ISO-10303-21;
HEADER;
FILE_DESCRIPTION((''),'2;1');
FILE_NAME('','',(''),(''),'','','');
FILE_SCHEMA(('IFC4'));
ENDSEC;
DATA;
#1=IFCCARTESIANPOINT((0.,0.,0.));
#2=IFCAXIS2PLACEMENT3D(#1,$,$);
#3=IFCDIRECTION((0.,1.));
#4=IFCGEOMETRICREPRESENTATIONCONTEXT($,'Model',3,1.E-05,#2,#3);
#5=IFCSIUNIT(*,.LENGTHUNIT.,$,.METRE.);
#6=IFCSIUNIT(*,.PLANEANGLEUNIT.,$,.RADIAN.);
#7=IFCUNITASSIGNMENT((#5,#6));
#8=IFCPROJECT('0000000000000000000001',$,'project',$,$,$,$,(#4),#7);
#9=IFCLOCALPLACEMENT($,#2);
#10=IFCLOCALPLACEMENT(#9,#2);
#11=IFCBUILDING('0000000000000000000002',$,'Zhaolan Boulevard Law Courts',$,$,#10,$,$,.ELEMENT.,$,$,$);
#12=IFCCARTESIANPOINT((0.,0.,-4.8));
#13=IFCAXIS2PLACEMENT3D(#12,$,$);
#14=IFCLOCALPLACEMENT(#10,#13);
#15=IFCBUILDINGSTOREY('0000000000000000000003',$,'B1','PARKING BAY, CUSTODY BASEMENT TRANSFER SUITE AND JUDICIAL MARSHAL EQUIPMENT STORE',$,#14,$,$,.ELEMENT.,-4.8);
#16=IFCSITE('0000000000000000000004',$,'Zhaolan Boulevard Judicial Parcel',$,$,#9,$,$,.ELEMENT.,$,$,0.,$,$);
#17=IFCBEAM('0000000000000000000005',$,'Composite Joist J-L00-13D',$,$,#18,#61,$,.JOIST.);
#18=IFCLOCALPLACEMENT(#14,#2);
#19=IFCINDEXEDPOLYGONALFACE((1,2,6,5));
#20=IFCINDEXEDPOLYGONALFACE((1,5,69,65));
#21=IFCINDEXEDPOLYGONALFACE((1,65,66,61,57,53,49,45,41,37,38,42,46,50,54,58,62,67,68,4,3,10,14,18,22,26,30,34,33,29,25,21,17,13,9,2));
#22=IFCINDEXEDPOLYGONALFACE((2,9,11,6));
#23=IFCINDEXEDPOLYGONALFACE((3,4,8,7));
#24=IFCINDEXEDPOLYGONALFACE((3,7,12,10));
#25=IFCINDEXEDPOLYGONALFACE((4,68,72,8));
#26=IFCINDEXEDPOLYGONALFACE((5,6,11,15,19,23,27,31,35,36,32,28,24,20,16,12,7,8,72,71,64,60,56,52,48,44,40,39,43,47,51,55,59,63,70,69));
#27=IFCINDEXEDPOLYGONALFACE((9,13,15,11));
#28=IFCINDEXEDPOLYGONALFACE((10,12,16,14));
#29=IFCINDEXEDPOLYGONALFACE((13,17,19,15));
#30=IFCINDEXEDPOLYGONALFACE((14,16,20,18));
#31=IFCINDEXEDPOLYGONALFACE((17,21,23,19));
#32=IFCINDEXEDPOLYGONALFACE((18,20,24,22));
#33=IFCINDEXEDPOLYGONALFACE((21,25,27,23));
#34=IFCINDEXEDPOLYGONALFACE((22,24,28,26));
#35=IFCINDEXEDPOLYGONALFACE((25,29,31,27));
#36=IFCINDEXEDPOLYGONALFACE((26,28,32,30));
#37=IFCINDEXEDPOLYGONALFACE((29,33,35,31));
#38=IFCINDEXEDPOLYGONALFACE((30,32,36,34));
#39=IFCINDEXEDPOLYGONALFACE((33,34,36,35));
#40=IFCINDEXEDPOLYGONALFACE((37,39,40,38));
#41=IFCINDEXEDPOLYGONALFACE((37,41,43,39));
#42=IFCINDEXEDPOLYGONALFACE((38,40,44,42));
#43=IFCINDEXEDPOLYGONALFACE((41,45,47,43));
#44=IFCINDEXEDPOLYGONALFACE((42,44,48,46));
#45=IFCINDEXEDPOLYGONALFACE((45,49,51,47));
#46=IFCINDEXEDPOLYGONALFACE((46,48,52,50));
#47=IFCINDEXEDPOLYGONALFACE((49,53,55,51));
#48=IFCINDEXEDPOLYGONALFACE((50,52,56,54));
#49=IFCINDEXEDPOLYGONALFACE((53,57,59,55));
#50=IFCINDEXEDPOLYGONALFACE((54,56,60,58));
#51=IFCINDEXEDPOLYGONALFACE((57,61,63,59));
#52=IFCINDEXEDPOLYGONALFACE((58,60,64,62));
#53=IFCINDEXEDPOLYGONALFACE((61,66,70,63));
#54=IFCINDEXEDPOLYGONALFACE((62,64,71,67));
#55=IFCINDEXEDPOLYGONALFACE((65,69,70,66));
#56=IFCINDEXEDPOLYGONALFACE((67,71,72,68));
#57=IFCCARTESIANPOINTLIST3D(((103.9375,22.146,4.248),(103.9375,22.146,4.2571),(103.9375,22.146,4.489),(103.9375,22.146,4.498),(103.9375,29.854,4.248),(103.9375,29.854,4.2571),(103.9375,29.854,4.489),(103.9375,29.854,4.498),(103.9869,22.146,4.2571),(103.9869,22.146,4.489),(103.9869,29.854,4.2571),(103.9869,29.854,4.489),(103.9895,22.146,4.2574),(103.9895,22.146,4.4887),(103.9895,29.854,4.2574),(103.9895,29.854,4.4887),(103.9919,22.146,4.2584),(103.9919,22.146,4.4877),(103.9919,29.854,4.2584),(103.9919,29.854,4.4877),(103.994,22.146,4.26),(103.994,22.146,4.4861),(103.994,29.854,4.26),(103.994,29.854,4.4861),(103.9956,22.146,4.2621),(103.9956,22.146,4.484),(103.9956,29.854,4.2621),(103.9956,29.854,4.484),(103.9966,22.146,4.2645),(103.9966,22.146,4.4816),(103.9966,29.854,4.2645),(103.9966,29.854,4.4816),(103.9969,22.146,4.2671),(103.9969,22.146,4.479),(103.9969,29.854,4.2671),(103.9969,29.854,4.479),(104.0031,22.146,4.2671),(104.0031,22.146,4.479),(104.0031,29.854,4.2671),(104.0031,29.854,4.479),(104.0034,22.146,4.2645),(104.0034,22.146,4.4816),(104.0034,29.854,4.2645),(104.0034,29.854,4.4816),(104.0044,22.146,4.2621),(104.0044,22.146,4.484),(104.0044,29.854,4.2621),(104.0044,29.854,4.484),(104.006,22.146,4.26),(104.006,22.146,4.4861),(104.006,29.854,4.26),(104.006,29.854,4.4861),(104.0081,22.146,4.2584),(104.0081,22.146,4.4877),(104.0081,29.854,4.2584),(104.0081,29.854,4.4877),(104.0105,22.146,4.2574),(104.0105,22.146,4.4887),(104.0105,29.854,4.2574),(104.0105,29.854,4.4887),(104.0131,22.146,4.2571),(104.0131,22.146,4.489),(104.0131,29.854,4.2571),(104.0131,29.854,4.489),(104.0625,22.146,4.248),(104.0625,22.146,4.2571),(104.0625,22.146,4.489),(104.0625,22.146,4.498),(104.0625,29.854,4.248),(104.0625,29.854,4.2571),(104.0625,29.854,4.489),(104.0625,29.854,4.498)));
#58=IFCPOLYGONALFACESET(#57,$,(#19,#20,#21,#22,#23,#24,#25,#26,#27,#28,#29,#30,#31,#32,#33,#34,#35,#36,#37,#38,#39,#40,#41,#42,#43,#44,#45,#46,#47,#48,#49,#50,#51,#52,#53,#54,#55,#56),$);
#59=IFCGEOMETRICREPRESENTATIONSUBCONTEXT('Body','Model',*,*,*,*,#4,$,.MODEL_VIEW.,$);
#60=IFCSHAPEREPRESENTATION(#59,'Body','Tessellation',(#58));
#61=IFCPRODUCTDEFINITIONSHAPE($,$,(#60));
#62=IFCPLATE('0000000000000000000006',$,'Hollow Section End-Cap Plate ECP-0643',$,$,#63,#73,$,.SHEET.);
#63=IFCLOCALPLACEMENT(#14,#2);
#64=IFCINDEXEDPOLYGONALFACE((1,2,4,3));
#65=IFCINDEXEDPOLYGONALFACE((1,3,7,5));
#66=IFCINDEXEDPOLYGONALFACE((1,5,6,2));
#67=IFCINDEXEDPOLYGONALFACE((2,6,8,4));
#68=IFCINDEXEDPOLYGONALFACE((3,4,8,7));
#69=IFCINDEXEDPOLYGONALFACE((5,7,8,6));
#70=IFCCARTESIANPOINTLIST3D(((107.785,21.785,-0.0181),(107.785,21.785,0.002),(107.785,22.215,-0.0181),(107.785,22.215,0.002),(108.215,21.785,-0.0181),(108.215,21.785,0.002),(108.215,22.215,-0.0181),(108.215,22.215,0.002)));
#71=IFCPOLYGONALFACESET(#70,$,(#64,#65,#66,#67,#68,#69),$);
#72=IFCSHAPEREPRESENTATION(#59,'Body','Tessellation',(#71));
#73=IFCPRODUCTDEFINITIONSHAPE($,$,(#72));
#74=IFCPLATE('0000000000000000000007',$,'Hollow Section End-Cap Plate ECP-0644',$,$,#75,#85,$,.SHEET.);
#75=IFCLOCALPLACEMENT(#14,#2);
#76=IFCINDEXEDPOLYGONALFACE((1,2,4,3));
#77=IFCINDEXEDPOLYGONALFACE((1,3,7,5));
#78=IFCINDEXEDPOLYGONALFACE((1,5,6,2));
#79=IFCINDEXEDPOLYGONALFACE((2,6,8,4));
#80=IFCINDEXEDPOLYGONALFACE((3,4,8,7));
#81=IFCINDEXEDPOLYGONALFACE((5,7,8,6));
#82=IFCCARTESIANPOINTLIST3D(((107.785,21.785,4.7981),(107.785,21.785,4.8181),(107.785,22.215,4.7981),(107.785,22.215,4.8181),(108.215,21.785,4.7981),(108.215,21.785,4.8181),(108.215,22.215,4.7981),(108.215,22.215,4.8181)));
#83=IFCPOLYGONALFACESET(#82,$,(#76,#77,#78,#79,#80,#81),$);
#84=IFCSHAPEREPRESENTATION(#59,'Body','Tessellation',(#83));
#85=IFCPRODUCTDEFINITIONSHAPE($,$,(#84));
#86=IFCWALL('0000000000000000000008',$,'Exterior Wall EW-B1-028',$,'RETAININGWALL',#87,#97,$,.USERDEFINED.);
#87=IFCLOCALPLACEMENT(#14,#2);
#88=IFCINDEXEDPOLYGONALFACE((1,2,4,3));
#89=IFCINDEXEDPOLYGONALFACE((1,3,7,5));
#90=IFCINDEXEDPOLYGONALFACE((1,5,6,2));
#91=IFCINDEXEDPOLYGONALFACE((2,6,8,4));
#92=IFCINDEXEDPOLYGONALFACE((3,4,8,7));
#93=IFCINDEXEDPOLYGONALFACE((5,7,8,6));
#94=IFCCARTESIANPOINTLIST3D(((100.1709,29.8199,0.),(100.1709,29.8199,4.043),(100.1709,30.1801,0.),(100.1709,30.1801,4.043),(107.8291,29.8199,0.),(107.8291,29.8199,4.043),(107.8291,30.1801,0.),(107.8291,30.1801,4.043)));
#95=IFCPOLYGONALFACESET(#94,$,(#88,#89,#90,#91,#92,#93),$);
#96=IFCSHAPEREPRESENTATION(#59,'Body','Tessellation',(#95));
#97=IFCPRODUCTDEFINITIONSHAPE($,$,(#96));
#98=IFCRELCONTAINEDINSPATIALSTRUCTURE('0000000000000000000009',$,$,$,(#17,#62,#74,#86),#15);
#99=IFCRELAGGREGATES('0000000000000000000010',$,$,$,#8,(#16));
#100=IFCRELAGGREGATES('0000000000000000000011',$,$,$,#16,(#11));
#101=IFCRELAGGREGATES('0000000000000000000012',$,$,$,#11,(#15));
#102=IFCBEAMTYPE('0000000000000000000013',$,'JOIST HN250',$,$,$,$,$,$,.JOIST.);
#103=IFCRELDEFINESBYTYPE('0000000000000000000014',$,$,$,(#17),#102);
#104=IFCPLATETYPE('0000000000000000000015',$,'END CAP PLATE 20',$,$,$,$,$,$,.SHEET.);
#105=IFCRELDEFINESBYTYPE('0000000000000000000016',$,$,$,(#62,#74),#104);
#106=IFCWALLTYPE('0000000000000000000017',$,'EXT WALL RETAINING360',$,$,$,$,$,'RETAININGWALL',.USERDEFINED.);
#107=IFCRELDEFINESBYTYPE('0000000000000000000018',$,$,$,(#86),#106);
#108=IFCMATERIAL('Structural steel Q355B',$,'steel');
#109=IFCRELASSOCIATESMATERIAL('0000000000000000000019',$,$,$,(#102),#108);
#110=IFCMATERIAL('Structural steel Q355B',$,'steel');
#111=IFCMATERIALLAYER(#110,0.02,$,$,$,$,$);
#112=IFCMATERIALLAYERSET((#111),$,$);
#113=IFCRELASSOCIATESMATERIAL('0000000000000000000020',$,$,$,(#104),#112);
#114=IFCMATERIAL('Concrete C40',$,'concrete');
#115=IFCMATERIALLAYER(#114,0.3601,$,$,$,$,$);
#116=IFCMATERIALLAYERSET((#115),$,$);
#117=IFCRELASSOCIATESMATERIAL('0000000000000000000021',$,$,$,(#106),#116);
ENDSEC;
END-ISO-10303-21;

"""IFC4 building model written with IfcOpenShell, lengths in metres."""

from ifc_helpers import new_model, si_unit, direction, frame, frame_2d, origin, origin_2d, place, context, subcontext, project, spatial, rectangle, i_section, extrude, material, layer, layer_set, material_profile, profile_set, type_object, element, save


model = new_model("IFC4")

# Units and contexts
model_context = context("Model", 3, precision=1e-05, world=origin(), true_north=direction((0.0, 1.0)))
body_context = subcontext(model_context, "Body", "Model", "MODEL_VIEW")
ifc_project = project(units=[si_unit("LENGTHUNIT", "METRE"), si_unit("PLANEANGLEUNIT", "RADIAN")], contexts=[model_context])

# Site, building, storey
site_placement = place(None, origin())
site = spatial("IfcSite", under=ifc_project, at=site_placement, Name="Zhaolan Boulevard Judicial Parcel", CompositionType="ELEMENT", RefElevation=0.0)
building_placement = place(site_placement, origin())
building = spatial("IfcBuilding", under=site, at=building_placement, Name="Zhaolan Boulevard Law Courts", CompositionType="ELEMENT")
storey_placement = place(building_placement, frame((0.0, 0.0, -4.8)))
storey = spatial("IfcBuildingStorey", under=building, at=storey_placement, Name="B1", Description="PARKING BAY, CUSTODY BASEMENT TRANSFER SUITE AND JUDICIAL MARSHAL EQUIPMENT STORE", CompositionType="ELEMENT", Elevation=-4.8)

# Beam
ifc_material_1 = material(Name="Structural steel Q355B", Category="steel")
ifc_material_profile_1 = material_profile(ifc_material_1, i_section(OverallWidth=0.125, OverallDepth=0.25, WebThickness=0.0061, FlangeThickness=0.009, FilletRadius=0.01, at=origin_2d()), Name="HN250x125")
ifc_profile_set_1 = profile_set([ifc_material_profile_1], Name="Structural steel Q355B")
beam_type_1 = type_object("IfcBeamType", Name="JOIST HN250", PredefinedType="JOIST", material=ifc_profile_set_1)
beam_1_placement = place(storey_placement, frame((104.0, 22.146, 4.373), z_axis=(0.0, 1.0, 0.0), x_axis=(-1.0, 0.0, 0.0)))
element("IfcBeam", 1, at=beam_1_placement, inside=storey, type_object=beam_type_1, Name="Composite Joist J-L00-13D", PredefinedType="JOIST", context=body_context, shape_type="SweptSolid", body=[
    extrude(i_section(OverallWidth=0.125, OverallDepth=0.25, WebThickness=0.0061, FlangeThickness=0.009, FilletRadius=0.01, at=origin_2d()), origin(), (0.0, 0.0, 1.0), 7.708),
])

# Plates
ifc_material_2 = material(Name="Structural steel Q355B", Category="steel")
ifc_layer_1 = layer(ifc_material_2, 0.02)
ifc_layer_set_1 = layer_set([ifc_layer_1])
plate_type = type_object("IfcPlateType", Name="END CAP PLATE 20", PredefinedType="SHEET", material=ifc_layer_set_1)
for number, where, z_axis, x_axis, name in (
    (2, (108.0, 22.0, -0.0181), (0.0, 0.0, 1.0), (1.0, 0.0, 0.0), "Hollow Section End-Cap Plate ECP-0643"),
    (3, (108.0, 22.0, 4.7981), (0.0, 0.0, 1.0), (1.0, 0.0, 0.0), "Hollow Section End-Cap Plate ECP-0644"),
):
    element("IfcPlate", number, at=place(storey_placement, frame(where, z_axis=z_axis, x_axis=x_axis)), inside=storey, type_object=plate_type, Name=name, PredefinedType="SHEET", context=body_context, shape_type="SweptSolid", body=[
        extrude(rectangle(XDim=0.4299, YDim=0.4299, at=origin_2d()), origin(), (0.0, 0.0, 1.0), 0.02),
    ])

# Wall
ifc_material_3 = material(Name="Concrete C40", Category="concrete")
ifc_layer_2 = layer(ifc_material_3, 0.3601)
ifc_layer_set_2 = layer_set([ifc_layer_2])
wall_type = type_object("IfcWallType", Name="EXT WALL RETAINING360", ElementType="RETAININGWALL", PredefinedType="USERDEFINED", material=ifc_layer_set_2)
wall_placement = place(storey_placement, frame((107.8291, 30.0, 0.0), z_axis=(0.0, 0.0, 1.0), x_axis=(-1.0, 0.0, 0.0)))
element("IfcWall", 4, at=wall_placement, inside=storey, type_object=wall_type, Name="Exterior Wall EW-B1-028", ObjectType="RETAININGWALL", PredefinedType="USERDEFINED", context=body_context, shape_type="SweptSolid", body=[
    extrude(rectangle(XDim=7.6582, YDim=0.3601, at=frame_2d((3.8291, 0.0))), origin(), (0.0, 0.0, 1.0), 4.043),
])

save(model, "model.ifc")
